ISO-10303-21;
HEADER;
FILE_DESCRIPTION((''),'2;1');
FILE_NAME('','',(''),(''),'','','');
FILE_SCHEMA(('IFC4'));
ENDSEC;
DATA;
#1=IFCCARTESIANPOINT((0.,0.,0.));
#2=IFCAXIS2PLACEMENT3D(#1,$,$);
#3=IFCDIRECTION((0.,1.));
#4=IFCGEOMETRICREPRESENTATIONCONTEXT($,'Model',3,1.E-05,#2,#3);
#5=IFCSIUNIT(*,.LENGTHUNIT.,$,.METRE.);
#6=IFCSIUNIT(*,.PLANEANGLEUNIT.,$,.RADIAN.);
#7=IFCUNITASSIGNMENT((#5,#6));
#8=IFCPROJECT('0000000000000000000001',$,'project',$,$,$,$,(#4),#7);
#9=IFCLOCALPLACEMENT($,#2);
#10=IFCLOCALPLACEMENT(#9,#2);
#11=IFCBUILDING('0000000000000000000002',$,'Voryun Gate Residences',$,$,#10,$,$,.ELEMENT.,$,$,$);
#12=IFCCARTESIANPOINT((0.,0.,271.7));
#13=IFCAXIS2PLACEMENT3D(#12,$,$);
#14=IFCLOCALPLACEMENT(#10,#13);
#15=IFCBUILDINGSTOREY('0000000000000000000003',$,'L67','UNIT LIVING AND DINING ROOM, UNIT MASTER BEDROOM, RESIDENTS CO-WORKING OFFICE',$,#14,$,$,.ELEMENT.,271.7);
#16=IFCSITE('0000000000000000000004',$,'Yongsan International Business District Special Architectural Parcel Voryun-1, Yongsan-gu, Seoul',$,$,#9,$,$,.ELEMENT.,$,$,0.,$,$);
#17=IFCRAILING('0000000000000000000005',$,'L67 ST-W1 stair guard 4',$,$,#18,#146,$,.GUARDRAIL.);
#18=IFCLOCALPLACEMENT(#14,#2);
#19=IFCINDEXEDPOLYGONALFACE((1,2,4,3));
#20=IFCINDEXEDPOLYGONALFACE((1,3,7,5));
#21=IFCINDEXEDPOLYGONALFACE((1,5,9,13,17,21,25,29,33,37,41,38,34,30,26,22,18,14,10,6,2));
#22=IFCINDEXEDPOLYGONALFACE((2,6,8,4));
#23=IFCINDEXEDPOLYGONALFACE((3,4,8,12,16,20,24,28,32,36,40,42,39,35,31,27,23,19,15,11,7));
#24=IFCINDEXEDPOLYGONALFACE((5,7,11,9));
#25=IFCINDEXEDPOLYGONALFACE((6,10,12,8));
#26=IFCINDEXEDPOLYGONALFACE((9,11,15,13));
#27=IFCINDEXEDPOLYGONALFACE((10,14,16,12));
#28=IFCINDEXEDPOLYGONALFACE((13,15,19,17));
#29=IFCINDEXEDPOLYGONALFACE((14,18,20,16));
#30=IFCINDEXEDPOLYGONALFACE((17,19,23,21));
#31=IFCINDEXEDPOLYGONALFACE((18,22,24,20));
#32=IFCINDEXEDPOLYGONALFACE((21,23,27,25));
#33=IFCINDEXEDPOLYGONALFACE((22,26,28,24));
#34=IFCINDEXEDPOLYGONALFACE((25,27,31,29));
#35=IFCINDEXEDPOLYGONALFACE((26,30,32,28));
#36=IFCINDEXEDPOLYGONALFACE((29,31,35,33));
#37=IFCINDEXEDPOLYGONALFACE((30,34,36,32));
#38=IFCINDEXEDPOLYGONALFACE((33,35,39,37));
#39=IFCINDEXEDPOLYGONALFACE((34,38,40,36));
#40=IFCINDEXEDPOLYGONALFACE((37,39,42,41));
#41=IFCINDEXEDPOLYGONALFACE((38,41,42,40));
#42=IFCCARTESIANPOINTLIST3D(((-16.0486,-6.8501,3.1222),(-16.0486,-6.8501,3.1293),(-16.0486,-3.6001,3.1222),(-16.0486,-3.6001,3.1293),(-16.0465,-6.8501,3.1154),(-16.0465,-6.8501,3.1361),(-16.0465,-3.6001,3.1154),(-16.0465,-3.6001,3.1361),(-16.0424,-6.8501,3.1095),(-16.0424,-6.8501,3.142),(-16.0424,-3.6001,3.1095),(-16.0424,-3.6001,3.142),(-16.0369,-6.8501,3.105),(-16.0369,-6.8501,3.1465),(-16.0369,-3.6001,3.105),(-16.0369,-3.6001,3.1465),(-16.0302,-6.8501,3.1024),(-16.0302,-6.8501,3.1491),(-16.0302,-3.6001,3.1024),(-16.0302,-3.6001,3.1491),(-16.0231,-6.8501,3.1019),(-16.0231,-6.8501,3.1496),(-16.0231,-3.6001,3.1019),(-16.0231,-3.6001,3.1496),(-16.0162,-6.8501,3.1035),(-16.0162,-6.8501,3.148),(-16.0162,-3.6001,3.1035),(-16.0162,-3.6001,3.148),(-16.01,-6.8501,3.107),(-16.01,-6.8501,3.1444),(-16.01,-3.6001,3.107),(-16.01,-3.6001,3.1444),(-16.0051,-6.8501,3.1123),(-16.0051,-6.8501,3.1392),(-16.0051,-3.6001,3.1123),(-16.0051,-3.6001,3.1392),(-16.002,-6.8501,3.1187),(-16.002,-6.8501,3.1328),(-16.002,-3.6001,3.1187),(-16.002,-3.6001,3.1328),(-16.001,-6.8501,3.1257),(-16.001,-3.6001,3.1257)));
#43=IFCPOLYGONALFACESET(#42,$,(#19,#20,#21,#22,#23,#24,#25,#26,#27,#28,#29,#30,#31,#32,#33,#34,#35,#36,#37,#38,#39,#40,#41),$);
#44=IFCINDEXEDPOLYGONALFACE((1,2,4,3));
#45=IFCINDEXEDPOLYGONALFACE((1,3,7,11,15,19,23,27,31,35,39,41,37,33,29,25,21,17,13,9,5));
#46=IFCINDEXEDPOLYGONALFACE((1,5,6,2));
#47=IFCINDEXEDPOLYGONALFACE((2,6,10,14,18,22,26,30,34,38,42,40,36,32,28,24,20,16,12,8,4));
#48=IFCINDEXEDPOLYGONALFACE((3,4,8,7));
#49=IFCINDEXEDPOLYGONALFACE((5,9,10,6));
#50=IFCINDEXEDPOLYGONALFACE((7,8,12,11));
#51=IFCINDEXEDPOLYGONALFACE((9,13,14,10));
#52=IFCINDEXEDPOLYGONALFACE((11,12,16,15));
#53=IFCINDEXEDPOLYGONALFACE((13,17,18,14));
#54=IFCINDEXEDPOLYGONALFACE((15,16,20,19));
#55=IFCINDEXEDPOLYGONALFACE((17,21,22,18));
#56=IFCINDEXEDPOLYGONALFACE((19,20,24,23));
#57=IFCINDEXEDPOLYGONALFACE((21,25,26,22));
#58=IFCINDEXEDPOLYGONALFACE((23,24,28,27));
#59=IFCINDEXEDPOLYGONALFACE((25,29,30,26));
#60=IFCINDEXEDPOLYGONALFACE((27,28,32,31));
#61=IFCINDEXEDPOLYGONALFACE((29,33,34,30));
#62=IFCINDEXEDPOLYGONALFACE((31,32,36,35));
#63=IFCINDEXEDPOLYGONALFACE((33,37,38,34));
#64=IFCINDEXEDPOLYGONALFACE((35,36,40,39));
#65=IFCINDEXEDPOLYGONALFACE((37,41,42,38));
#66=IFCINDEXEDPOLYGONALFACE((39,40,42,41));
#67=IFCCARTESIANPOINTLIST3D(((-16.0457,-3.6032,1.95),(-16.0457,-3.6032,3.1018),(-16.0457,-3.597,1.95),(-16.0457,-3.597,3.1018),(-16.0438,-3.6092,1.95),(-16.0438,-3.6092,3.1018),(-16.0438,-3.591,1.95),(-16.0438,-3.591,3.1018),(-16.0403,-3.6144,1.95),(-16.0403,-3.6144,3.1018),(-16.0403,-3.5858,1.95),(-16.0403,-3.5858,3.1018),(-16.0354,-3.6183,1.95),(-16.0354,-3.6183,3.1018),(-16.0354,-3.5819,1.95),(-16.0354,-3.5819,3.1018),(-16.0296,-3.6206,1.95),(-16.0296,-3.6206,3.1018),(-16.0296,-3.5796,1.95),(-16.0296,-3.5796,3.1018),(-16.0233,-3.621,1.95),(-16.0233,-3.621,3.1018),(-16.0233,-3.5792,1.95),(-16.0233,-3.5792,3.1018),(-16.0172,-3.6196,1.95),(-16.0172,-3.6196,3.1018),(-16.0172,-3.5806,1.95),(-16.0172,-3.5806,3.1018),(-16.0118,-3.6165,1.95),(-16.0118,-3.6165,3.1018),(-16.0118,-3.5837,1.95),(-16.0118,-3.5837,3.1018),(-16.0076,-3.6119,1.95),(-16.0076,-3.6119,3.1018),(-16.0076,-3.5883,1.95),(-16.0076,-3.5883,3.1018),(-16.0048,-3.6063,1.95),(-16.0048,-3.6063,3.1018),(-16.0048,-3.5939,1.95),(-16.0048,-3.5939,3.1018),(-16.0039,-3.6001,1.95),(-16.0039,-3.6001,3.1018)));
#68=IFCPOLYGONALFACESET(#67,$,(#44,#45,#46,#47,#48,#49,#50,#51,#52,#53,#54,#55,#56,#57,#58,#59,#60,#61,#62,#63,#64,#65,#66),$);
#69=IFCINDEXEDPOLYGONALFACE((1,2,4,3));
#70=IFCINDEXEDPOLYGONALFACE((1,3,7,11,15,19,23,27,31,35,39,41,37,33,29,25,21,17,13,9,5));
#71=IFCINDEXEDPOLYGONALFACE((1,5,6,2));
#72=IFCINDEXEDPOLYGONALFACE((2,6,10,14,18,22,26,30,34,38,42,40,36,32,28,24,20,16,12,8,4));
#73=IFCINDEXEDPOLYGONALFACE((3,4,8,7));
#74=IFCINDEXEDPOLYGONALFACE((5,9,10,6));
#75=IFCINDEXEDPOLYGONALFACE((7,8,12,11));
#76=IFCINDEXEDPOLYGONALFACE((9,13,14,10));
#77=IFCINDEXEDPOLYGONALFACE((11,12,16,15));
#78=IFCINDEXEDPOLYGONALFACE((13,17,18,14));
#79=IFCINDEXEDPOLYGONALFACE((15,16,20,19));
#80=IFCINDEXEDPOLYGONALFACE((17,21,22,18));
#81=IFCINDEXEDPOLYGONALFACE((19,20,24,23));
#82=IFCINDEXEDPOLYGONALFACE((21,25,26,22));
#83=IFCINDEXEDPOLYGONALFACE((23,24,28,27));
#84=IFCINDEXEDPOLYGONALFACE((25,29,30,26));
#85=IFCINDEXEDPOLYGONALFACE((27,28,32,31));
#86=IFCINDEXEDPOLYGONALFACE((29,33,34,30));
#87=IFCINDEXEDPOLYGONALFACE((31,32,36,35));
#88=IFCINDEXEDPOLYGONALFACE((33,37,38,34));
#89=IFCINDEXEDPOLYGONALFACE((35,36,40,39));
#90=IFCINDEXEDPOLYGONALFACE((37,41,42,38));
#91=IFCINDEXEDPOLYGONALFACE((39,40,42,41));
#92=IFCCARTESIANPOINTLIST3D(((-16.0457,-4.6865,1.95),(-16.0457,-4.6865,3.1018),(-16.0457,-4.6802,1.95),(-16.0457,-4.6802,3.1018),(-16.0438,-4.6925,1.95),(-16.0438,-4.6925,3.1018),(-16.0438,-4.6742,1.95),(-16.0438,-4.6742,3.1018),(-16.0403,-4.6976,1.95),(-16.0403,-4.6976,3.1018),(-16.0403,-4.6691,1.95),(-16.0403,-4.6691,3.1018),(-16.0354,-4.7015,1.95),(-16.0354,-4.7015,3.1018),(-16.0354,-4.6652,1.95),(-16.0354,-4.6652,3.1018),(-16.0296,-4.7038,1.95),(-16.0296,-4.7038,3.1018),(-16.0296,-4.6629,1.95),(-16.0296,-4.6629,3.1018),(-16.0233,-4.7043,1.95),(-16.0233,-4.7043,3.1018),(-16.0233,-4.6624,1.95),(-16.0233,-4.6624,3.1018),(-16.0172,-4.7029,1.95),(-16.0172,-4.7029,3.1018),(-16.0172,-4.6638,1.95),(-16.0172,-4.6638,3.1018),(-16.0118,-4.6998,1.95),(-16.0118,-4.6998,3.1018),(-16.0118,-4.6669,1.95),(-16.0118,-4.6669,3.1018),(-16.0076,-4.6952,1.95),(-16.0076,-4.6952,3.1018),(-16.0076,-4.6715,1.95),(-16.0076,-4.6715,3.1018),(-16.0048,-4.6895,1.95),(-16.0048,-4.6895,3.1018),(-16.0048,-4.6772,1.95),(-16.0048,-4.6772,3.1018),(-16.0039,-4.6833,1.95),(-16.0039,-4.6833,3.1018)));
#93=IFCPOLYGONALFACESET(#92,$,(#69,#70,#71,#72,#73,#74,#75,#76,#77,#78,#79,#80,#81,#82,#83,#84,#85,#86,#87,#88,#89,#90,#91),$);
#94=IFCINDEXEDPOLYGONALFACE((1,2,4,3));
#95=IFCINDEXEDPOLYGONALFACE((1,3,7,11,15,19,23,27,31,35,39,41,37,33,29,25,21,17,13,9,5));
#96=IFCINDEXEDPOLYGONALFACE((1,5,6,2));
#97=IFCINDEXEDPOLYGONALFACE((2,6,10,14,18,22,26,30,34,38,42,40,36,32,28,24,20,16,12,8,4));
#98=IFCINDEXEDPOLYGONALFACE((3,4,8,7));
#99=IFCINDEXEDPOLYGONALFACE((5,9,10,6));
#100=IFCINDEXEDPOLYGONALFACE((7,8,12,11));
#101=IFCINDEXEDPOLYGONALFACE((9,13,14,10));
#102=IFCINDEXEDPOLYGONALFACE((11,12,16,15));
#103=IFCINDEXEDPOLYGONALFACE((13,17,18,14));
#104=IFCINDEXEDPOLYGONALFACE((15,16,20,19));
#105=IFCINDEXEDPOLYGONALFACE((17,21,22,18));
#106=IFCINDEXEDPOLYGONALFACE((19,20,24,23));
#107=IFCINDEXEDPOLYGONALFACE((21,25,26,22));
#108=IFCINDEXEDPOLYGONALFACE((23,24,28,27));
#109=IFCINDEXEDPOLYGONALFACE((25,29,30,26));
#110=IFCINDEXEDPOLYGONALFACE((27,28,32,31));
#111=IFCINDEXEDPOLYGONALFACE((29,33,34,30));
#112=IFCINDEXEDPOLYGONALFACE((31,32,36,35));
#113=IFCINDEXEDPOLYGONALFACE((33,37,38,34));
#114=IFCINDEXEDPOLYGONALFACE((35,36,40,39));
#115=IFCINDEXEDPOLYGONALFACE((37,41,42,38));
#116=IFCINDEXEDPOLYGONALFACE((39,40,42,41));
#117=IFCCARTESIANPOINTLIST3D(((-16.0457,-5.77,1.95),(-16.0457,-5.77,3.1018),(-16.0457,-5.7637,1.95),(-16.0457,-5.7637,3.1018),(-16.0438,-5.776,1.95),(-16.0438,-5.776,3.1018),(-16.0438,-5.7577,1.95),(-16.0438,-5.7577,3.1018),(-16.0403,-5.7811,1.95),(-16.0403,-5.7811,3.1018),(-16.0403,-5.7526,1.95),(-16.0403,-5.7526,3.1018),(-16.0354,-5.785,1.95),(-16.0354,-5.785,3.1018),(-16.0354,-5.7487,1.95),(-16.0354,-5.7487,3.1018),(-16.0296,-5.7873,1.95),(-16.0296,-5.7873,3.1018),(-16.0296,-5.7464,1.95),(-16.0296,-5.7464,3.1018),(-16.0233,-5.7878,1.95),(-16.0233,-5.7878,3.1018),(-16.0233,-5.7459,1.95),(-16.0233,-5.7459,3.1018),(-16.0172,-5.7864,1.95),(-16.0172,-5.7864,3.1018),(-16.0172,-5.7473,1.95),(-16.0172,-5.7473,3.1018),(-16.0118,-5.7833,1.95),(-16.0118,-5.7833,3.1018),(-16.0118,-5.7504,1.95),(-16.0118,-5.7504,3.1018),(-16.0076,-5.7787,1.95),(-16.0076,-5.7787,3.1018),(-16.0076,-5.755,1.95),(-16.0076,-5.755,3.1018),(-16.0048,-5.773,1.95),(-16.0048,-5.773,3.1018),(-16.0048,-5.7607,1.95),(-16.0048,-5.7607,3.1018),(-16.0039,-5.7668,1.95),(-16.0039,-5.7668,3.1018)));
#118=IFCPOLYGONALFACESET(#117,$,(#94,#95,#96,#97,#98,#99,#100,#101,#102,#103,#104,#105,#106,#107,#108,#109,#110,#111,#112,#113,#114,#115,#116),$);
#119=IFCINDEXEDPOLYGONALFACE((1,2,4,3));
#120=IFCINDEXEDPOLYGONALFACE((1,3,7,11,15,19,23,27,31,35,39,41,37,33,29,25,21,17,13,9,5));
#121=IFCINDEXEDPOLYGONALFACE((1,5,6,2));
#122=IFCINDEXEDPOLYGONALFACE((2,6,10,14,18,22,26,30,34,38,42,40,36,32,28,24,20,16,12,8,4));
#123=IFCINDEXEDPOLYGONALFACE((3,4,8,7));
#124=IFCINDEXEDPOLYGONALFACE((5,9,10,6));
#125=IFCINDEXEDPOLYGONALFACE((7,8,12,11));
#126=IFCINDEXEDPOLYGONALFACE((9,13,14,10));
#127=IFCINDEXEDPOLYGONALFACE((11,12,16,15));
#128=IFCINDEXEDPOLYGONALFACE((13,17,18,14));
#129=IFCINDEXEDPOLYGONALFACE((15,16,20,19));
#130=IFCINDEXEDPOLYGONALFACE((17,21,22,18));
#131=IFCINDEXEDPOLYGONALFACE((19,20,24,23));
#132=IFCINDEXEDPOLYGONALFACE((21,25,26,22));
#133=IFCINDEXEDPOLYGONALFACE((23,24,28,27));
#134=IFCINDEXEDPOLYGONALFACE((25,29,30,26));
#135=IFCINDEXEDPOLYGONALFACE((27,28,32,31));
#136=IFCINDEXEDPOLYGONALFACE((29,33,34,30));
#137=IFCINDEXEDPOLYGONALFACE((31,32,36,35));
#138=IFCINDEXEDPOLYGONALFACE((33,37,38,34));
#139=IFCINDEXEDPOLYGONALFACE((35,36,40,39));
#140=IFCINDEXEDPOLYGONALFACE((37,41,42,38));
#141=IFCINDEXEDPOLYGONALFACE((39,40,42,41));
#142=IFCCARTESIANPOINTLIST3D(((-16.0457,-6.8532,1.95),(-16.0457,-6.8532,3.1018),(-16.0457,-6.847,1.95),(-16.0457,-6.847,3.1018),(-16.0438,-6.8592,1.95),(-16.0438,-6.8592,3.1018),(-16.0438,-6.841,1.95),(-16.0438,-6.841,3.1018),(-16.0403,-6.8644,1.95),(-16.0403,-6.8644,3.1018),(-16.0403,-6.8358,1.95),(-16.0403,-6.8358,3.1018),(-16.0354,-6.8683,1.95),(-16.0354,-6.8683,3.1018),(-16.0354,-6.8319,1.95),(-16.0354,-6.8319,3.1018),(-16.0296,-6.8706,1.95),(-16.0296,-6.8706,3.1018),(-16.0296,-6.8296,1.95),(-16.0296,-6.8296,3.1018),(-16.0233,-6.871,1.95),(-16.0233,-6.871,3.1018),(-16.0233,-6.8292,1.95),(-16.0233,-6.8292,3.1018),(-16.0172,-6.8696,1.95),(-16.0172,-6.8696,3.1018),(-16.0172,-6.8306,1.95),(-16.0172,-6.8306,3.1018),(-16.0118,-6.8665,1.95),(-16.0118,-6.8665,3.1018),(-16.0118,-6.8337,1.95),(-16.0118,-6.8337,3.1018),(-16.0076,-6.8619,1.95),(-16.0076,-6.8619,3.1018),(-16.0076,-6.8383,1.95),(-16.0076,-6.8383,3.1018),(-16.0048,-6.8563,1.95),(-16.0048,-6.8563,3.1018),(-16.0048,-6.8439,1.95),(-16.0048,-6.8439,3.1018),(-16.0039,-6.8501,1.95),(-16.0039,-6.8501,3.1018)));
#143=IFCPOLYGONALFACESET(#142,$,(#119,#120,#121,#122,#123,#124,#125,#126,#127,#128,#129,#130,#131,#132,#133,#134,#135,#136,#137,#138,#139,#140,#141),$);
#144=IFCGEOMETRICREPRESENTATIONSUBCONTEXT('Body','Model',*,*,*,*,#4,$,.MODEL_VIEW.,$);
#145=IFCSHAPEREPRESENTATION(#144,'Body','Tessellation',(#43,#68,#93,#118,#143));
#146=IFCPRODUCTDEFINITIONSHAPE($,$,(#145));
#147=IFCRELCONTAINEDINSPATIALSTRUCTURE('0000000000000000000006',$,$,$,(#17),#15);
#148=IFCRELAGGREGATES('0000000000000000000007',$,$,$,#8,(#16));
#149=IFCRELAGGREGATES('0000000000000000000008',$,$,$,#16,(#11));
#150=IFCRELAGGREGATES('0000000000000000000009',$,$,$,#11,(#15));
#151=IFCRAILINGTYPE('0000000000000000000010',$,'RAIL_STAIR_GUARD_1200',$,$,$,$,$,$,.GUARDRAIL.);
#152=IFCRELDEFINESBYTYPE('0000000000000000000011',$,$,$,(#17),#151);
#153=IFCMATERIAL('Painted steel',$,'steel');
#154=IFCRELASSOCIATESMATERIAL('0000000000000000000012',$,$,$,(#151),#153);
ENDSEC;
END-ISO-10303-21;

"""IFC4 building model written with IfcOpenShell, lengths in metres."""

from ifc_helpers import new_model, si_unit, direction, frame, origin, origin_2d, place, context, subcontext, project, spatial, circle, extrude, material, type_object, element, save


model = new_model("IFC4")

# Units and contexts
model_context = context("Model", 3, precision=1e-05, world=origin(), true_north=direction((0.0, 1.0)))
body_context = subcontext(model_context, "Body", "Model", "MODEL_VIEW")
ifc_project = project(units=[si_unit("LENGTHUNIT", "METRE"), si_unit("PLANEANGLEUNIT", "RADIAN")], contexts=[model_context])

# Site, building, storey
site_placement = place(None, origin())
site = spatial("IfcSite", under=ifc_project, at=site_placement, Name="Yongsan International Business District Special Architectural Parcel Voryun-1, Yongsan-gu, Seoul", CompositionType="ELEMENT", RefElevation=0.0)
building_placement = place(site_placement, origin())
building = spatial("IfcBuilding", under=site, at=building_placement, Name="Voryun Gate Residences", CompositionType="ELEMENT")
storey_placement = place(building_placement, frame((0.0, 0.0, 271.7)))
storey = spatial("IfcBuildingStorey", under=building, at=storey_placement, Name="L67", Description="UNIT LIVING AND DINING ROOM, UNIT MASTER BEDROOM, RESIDENTS CO-WORKING OFFICE", CompositionType="ELEMENT", Elevation=271.7)

# Railing
ifc_material_1 = material(Name="Painted steel", Category="steel")
railing_type_1 = type_object("IfcRailingType", Name="RAIL_STAIR_GUARD_1200", PredefinedType="GUARDRAIL", material=ifc_material_1)
railing_1_placement = place(storey_placement, frame((-16.0249, -3.6001, 1.95)))
element("IfcRailing", 1, at=railing_1_placement, inside=storey, type_object=railing_type_1, Name="L67 ST-W1 stair guard 4", PredefinedType="GUARDRAIL", context=body_context, shape_type="SweptSolid", body=[
    extrude(circle(Radius=0.0239, at=origin_2d()), frame((0.0, 0.0, 1.1758), z_axis=(0.0, -1.0, 0.0), x_axis=(1.0, 0.0, 0.0)), (0.0, 0.0, 1.0), 3.25),
    extrude(circle(Radius=0.021, at=origin_2d()), origin(), (0.0, 0.0, 1.0), 1.1519),
    extrude(circle(Radius=0.021, at=origin_2d()), frame((0.0, -1.0833, 0.0)), (0.0, 0.0, 1.0), 1.1519),
    extrude(circle(Radius=0.021, at=origin_2d()), frame((0.0, -2.1667, 0.0)), (0.0, 0.0, 1.0), 1.1519),
    extrude(circle(Radius=0.021, at=origin_2d()), frame((0.0, -3.25, 0.0)), (0.0, 0.0, 1.0), 1.1519),
])

save(model, "model.ifc")
